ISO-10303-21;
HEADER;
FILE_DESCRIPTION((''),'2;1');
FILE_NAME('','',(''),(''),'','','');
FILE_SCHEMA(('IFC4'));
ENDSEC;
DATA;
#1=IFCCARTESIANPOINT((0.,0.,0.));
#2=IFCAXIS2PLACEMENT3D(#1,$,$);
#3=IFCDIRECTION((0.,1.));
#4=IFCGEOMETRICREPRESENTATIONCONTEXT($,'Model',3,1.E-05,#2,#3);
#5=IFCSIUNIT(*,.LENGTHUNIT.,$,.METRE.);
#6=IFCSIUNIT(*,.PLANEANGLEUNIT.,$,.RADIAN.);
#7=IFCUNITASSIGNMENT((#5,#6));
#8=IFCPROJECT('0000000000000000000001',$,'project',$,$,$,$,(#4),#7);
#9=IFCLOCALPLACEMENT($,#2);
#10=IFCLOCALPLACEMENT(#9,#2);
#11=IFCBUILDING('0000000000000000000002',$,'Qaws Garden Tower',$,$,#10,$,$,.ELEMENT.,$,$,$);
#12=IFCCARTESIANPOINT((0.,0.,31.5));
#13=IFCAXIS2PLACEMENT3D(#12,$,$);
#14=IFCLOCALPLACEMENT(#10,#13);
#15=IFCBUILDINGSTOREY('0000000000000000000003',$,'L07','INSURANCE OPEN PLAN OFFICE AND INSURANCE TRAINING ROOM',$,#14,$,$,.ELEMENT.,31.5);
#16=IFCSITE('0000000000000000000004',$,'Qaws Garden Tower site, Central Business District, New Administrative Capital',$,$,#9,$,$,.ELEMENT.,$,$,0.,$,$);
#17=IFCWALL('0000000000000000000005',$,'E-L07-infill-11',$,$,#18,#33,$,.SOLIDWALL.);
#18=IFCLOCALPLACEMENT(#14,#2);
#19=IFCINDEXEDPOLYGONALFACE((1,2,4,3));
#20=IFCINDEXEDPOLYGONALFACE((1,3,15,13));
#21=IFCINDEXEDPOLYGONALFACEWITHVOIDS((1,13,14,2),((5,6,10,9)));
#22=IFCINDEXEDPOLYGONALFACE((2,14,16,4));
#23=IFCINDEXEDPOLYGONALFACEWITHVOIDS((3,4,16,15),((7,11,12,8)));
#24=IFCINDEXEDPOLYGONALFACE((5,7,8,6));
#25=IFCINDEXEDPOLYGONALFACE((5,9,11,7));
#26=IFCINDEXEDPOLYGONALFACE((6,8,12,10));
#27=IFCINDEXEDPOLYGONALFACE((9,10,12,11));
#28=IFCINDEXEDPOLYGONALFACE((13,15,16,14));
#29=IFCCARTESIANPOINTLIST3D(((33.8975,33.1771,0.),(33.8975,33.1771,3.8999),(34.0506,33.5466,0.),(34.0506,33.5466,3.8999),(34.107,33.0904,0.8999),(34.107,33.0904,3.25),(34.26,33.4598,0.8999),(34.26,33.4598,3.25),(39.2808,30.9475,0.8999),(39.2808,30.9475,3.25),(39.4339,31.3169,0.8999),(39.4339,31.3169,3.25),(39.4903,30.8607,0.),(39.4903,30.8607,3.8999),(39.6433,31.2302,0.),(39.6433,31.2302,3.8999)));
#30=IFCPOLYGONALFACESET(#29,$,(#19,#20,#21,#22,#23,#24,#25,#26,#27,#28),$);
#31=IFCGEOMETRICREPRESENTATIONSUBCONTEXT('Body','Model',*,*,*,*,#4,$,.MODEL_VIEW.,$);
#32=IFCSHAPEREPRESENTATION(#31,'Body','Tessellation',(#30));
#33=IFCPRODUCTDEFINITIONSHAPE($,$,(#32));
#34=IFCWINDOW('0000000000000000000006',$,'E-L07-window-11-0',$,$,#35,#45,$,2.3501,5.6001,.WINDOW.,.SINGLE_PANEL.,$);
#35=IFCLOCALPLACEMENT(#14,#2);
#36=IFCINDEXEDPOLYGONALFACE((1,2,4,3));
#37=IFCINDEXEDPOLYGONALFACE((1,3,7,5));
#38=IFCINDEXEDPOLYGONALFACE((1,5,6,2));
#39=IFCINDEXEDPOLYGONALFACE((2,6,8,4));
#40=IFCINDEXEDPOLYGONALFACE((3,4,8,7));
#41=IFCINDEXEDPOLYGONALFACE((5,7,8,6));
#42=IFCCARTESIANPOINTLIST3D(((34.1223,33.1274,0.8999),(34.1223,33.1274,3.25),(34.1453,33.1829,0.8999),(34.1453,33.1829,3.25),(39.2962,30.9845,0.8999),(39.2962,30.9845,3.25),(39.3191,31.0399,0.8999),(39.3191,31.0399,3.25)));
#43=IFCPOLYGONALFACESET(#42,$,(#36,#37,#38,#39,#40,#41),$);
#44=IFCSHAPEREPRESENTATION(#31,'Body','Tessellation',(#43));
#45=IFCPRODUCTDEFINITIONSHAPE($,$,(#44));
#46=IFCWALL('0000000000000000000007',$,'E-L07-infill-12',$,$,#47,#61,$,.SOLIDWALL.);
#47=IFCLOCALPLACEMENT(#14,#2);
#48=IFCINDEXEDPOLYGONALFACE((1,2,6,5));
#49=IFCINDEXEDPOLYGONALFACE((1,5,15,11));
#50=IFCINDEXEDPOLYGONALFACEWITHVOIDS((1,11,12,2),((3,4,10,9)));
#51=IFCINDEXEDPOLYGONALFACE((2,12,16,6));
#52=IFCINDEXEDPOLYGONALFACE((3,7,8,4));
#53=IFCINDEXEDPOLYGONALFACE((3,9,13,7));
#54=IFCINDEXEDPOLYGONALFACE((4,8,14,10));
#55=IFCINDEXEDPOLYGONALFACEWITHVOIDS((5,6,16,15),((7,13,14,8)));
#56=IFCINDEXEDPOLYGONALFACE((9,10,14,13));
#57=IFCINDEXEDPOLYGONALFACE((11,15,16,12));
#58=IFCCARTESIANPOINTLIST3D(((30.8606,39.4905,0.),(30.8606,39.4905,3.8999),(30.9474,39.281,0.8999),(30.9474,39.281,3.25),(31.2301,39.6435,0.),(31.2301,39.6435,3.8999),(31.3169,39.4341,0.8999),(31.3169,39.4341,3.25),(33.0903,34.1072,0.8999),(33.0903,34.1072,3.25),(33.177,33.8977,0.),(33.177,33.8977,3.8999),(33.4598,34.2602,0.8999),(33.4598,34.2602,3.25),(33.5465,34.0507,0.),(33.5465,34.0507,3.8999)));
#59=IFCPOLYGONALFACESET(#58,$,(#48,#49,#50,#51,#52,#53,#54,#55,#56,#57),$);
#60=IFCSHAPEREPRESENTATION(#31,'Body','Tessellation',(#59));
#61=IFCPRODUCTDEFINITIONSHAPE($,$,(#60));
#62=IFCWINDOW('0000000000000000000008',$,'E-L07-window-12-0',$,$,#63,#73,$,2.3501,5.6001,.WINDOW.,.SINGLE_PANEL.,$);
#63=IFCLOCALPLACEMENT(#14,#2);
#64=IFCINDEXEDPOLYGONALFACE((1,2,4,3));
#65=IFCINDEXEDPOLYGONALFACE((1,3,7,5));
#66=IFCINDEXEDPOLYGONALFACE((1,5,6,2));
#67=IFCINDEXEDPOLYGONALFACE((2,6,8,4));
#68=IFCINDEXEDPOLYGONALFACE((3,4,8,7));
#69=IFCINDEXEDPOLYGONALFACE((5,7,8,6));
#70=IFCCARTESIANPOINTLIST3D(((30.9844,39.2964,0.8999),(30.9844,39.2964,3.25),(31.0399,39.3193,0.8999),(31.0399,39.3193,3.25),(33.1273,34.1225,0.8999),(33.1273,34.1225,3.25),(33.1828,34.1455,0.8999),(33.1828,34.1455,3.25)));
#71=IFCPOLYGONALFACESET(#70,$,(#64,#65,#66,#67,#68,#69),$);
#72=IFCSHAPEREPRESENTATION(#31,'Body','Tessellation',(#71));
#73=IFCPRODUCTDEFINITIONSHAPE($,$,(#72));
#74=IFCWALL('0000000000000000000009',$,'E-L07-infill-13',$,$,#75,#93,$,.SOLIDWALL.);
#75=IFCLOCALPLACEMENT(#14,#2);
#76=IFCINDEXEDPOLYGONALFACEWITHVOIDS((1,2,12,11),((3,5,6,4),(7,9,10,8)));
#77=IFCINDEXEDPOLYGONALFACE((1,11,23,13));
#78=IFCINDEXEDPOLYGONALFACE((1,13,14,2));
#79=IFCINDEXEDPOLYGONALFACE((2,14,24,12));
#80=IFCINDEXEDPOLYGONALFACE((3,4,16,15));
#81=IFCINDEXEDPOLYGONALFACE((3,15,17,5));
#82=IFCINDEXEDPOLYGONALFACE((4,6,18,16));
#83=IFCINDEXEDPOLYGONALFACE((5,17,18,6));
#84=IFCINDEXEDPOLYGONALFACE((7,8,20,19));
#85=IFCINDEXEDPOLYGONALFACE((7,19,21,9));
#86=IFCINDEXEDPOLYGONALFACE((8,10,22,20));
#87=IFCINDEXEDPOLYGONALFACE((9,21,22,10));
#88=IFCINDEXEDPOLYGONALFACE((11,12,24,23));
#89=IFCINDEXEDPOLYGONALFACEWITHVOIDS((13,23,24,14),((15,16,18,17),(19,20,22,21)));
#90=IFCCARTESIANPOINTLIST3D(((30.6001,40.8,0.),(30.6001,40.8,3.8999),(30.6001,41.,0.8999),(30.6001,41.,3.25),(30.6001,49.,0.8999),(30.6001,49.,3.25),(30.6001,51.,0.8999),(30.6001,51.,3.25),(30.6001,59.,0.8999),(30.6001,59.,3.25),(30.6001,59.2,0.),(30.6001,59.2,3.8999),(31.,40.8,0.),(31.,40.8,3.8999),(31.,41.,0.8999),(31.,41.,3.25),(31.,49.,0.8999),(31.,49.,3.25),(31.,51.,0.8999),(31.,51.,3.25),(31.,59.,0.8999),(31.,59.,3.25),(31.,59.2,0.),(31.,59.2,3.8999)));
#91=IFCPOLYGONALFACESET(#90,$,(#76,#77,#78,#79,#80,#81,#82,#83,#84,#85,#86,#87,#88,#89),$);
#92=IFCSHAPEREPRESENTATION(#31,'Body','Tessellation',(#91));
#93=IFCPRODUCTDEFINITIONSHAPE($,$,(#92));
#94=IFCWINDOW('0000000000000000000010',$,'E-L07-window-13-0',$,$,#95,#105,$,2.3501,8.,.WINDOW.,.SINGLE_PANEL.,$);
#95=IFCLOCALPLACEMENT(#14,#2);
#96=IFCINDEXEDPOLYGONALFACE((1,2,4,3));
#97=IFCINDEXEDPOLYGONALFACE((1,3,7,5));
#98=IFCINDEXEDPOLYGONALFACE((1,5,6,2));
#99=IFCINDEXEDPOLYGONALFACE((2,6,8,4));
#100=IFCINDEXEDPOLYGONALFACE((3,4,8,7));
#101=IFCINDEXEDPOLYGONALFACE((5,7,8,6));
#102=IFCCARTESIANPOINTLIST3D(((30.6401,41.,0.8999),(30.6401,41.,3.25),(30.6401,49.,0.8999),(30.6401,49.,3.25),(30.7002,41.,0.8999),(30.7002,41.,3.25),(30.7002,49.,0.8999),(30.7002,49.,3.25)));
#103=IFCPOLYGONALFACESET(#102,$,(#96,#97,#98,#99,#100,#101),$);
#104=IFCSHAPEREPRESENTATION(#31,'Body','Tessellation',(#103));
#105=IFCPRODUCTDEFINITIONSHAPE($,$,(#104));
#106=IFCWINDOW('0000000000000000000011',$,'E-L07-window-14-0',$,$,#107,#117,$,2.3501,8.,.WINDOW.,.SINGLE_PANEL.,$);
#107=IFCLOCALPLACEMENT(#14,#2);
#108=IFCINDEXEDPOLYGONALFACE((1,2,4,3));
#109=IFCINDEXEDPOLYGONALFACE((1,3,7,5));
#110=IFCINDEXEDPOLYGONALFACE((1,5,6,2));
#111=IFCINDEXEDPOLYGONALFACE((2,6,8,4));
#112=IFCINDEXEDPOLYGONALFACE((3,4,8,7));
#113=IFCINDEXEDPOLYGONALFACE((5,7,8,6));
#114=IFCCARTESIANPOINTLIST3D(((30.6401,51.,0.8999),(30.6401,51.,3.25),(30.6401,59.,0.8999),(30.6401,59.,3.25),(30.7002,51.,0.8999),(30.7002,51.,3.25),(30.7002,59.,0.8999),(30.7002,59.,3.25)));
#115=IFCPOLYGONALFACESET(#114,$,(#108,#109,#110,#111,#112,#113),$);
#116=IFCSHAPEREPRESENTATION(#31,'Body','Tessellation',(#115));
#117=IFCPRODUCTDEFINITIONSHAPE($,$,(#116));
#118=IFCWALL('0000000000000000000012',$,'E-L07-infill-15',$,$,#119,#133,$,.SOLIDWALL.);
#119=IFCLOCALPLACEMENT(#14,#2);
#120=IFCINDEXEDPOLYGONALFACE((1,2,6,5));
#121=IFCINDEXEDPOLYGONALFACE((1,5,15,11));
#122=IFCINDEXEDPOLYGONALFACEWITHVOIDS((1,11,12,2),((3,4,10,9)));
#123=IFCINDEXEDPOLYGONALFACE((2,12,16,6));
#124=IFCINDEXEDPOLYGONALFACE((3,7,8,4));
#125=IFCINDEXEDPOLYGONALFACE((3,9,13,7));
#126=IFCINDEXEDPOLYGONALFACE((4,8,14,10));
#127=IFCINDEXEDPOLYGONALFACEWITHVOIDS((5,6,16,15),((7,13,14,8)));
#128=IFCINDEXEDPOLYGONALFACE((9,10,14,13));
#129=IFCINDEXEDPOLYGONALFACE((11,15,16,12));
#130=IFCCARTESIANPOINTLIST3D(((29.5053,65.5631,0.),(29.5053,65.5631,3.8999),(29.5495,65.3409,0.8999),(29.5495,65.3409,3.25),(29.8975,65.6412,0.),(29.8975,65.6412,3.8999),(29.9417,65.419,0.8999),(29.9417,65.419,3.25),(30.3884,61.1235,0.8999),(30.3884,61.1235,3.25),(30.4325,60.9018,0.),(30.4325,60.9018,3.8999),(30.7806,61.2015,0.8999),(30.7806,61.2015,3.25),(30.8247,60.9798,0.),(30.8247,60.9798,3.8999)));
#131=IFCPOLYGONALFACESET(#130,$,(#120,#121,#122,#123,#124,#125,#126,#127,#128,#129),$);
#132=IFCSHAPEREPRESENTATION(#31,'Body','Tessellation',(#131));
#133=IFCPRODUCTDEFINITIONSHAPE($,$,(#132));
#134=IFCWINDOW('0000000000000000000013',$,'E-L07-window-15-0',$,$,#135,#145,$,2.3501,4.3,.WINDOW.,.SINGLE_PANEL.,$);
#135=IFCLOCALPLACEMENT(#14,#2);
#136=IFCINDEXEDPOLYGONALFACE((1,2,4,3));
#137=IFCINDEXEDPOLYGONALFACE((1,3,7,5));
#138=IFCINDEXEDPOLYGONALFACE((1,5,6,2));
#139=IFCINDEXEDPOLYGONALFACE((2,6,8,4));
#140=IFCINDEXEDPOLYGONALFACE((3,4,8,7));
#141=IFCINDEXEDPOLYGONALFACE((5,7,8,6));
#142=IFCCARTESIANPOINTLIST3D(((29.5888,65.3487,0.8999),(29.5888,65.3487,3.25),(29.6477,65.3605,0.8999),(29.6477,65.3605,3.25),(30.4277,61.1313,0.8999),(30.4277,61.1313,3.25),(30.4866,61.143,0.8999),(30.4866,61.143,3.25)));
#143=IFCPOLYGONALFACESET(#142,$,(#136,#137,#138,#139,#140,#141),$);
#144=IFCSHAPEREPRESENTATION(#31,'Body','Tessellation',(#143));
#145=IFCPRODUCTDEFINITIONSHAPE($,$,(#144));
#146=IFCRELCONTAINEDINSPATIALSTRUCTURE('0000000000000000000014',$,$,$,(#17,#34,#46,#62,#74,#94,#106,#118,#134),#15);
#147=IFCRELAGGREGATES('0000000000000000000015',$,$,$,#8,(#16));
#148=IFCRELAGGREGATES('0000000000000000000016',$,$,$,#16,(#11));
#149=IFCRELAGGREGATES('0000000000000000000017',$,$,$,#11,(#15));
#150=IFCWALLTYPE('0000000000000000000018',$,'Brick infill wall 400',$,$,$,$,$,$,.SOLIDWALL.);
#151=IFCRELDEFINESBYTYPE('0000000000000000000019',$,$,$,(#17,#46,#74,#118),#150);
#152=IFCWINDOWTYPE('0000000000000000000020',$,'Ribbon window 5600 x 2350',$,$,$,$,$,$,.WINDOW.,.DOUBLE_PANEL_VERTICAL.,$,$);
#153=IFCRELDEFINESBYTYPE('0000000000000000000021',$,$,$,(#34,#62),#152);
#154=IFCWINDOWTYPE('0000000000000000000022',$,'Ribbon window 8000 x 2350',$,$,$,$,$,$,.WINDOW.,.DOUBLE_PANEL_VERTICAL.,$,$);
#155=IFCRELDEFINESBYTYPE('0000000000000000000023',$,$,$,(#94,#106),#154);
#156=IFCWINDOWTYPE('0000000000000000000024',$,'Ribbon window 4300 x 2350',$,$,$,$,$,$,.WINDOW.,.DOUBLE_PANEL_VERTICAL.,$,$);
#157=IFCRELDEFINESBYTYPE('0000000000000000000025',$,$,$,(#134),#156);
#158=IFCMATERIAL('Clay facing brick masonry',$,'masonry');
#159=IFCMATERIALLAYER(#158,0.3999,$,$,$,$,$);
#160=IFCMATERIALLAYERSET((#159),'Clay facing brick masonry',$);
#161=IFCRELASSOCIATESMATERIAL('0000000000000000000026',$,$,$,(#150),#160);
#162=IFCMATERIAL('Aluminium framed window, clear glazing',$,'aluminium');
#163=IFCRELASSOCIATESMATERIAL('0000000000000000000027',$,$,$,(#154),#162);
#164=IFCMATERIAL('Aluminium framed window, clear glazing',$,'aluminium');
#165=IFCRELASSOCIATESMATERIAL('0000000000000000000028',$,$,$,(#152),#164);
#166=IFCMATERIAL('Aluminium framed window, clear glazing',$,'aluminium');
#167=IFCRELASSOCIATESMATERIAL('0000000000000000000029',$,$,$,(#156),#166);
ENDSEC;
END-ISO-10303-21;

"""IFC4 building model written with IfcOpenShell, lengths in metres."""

from ifc_helpers import new_model, si_unit, direction, frame, frame_2d, origin, place, context, subcontext, project, spatial, rectangle, extrude, material, layer, layer_set, type_object, element, fill, save


model = new_model("IFC4")

# Units and contexts
model_context = context("Model", 3, precision=1e-05, world=origin(), true_north=direction((0.0, 1.0)))
body_context = subcontext(model_context, "Body", "Model", "MODEL_VIEW")
ifc_project = project(units=[si_unit("LENGTHUNIT", "METRE"), si_unit("PLANEANGLEUNIT", "RADIAN")], contexts=[model_context])

# Site, building, storey
site_placement = place(None, origin())
site = spatial("IfcSite", under=ifc_project, at=site_placement, Name="Qaws Garden Tower site, Central Business District, New Administrative Capital", CompositionType="ELEMENT", RefElevation=0.0)
building_placement = place(site_placement, origin())
building = spatial("IfcBuilding", under=site, at=building_placement, Name="Qaws Garden Tower", CompositionType="ELEMENT")
storey_placement = place(building_placement, frame((0.0, 0.0, 31.5)))
storey = spatial("IfcBuildingStorey", under=building, at=storey_placement, Name="L07", Description="INSURANCE OPEN PLAN OFFICE AND INSURANCE TRAINING ROOM", CompositionType="ELEMENT", Elevation=31.5)

# Shared definitions
ifc_material_1 = material(Name="Clay facing brick masonry", Category="masonry")
ifc_layer_1 = layer(ifc_material_1, 0.3999)
ifc_layer_set_1 = layer_set([ifc_layer_1], Name="Clay facing brick masonry")
wall_type_1 = type_object("IfcWallType", Name="Brick infill wall 400", PredefinedType="SOLIDWALL", material=ifc_layer_set_1)
ifc_material_2 = material(Name="Aluminium framed window, clear glazing", Category="aluminium")
window_type_1 = type_object("IfcWindowType", Name="Ribbon window 8000 x 2350", PartitioningType="DOUBLE_PANEL_VERTICAL", PredefinedType="WINDOW", material=ifc_material_2)

# Walls, openings, windows
wall_1_placement = place(storey_placement, frame((39.5669, 31.0454, 0.0), z_axis=(0.0, 0.0, 1.0), x_axis=(-0.923891, 0.382656, 0.0)))
wall_1 = element("IfcWall", 1, at=wall_1_placement, inside=storey, type_object=wall_type_1, Name="E-L07-infill-11", PredefinedType="SOLIDWALL", context=body_context, shape_type="SweptSolid", body=[
    extrude(rectangle(XDim=6.0535, YDim=0.3999, at=frame_2d((3.0269, 0.0))), origin(), (0.0, 0.0, 1.0), 3.8999),
])
opening_1_placement = place(wall_1_placement, frame((0.2268, 0.0, 0.8999)))
opening_1 = element("IfcOpeningElement", 2, at=opening_1_placement, cuts=wall_1, PredefinedType="OPENING", context=body_context, shape_type="SweptSolid", body=[
    extrude(rectangle(XDim=5.6001, YDim=2.3501, at=frame_2d((2.8, 1.175))), frame((0.0, 0.21, 0.0), z_axis=(0.0, -1.0, 0.0), x_axis=(1.0, 0.0, 0.0)), (0.0, 0.0, 1.0), 0.4199),
])
ifc_material_3 = material(Name="Aluminium framed window, clear glazing", Category="aluminium")
window_type_2 = type_object("IfcWindowType", Name="Ribbon window 5600 x 2350", PartitioningType="DOUBLE_PANEL_VERTICAL", PredefinedType="WINDOW", material=ifc_material_3)
window_1_placement = place(opening_1_placement, origin())
window_1 = element("IfcWindow", 3, at=window_1_placement, inside=storey, type_object=window_type_2, Name="E-L07-window-11-0", OverallHeight=2.3501, OverallWidth=5.6001, PartitioningType="SINGLE_PANEL", PredefinedType="WINDOW", context=body_context, shape_type="SweptSolid", body=[
    extrude(rectangle(XDim=5.6001, YDim=2.3501, at=frame_2d((2.8, 1.175))), frame((0.0, 0.1599, 0.0), z_axis=(0.0, -1.0, 0.0), x_axis=(1.0, 0.0, 0.0)), (0.0, 0.0, 1.0), 0.0601),
])
fill(opening_1, window_1)
wall_2_placement = place(storey_placement, frame((33.3618, 33.9741, 0.0), z_axis=(0.0, 0.0, 1.0), x_axis=(-0.382656, 0.923891, 0.0)))
wall_2 = element("IfcWall", 4, at=wall_2_placement, inside=storey, type_object=wall_type_1, Name="E-L07-infill-12", PredefinedType="SOLIDWALL", context=body_context, shape_type="SweptSolid", body=[
    extrude(rectangle(XDim=6.0535, YDim=0.3999, at=frame_2d((3.0269, 0.0))), origin(), (0.0, 0.0, 1.0), 3.8999),
])
opening_2_placement = place(wall_2_placement, frame((0.2268, 0.0, 0.8999)))
opening_2 = element("IfcOpeningElement", 5, at=opening_2_placement, cuts=wall_2, PredefinedType="OPENING", context=body_context, shape_type="SweptSolid", body=[
    extrude(rectangle(XDim=5.6001, YDim=2.3501, at=frame_2d((2.8, 1.175))), frame((0.0, 0.21, 0.0), z_axis=(0.0, -1.0, 0.0), x_axis=(1.0, 0.0, 0.0)), (0.0, 0.0, 1.0), 0.4199),
])
window_2_placement = place(opening_2_placement, origin())
window_2 = element("IfcWindow", 6, at=window_2_placement, inside=storey, type_object=window_type_2, Name="E-L07-window-12-0", OverallHeight=2.3501, OverallWidth=5.6001, PartitioningType="SINGLE_PANEL", PredefinedType="WINDOW", context=body_context, shape_type="SweptSolid", body=[
    extrude(rectangle(XDim=5.6001, YDim=2.3501, at=frame_2d((2.8, 1.175))), frame((0.0, 0.1599, 0.0), z_axis=(0.0, -1.0, 0.0), x_axis=(1.0, 0.0, 0.0)), (0.0, 0.0, 1.0), 0.0601),
])
fill(opening_2, window_2)

# Wall, openings, windows
wall_3_placement = place(storey_placement, frame((30.8, 40.8, 0.0), z_axis=(0.0, 0.0, 1.0), x_axis=(0.0, 1.0, 0.0)))
wall_3 = element("IfcWall", 7, at=wall_3_placement, inside=storey, type_object=wall_type_1, Name="E-L07-infill-13", PredefinedType="SOLIDWALL", context=body_context, shape_type="SweptSolid", body=[
    extrude(rectangle(XDim=18.3999, YDim=0.3999, at=frame_2d((9.2, 0.0))), origin(), (0.0, 0.0, 1.0), 3.8999),
])
opening_3_placement = place(wall_3_placement, frame((0.2, 0.0, 0.8999)))
opening_3 = element("IfcOpeningElement", 8, at=opening_3_placement, cuts=wall_3, PredefinedType="OPENING", context=body_context, shape_type="SweptSolid", body=[
    extrude(rectangle(XDim=8.0, YDim=2.3501, at=frame_2d((4.0, 1.175))), frame((0.0, 0.21, 0.0), z_axis=(0.0, -1.0, 0.0), x_axis=(1.0, 0.0, 0.0)), (0.0, 0.0, 1.0), 0.4199),
])
opening_4_placement = place(wall_3_placement, frame((10.2, 0.0, 0.8999)))
opening_4 = element("IfcOpeningElement", 9, at=opening_4_placement, cuts=wall_3, PredefinedType="OPENING", context=body_context, shape_type="SweptSolid", body=[
    extrude(rectangle(XDim=8.0, YDim=2.3501, at=frame_2d((4.0, 1.175))), frame((0.0, 0.21, 0.0), z_axis=(0.0, -1.0, 0.0), x_axis=(1.0, 0.0, 0.0)), (0.0, 0.0, 1.0), 0.4199),
])
window_3_placement = place(opening_3_placement, origin())
window_3 = element("IfcWindow", 10, at=window_3_placement, inside=storey, type_object=window_type_1, Name="E-L07-window-13-0", OverallHeight=2.3501, OverallWidth=8.0, PartitioningType="SINGLE_PANEL", PredefinedType="WINDOW", context=body_context, shape_type="SweptSolid", body=[
    extrude(rectangle(XDim=8.0, YDim=2.3501, at=frame_2d((4.0, 1.175))), frame((0.0, 0.1599, 0.0), z_axis=(0.0, -1.0, 0.0), x_axis=(1.0, 0.0, 0.0)), (0.0, 0.0, 1.0), 0.0601),
])
fill(opening_3, window_3)
window_4_placement = place(opening_4_placement, origin())
window_4 = element("IfcWindow", 11, at=window_4_placement, inside=storey, type_object=window_type_1, Name="E-L07-window-14-0", OverallHeight=2.3501, OverallWidth=8.0, PartitioningType="SINGLE_PANEL", PredefinedType="WINDOW", context=body_context, shape_type="SweptSolid", body=[
    extrude(rectangle(XDim=8.0, YDim=2.3501, at=frame_2d((4.0, 1.175))), frame((0.0, 0.1599, 0.0), z_axis=(0.0, -1.0, 0.0), x_axis=(1.0, 0.0, 0.0)), (0.0, 0.0, 1.0), 0.0601),
])
fill(opening_4, window_4)

# Wall, opening, window
wall_4_placement = place(storey_placement, frame((30.6287, 60.9407, 0.0), z_axis=(0.0, 0.0, 1.0), x_axis=(-0.195099, 0.980784, 0.0)))
wall_4 = element("IfcWall", 12, at=wall_4_placement, inside=storey, type_object=wall_type_1, Name="E-L07-infill-15", PredefinedType="SOLIDWALL", context=body_context, shape_type="SweptSolid", body=[
    extrude(rectangle(XDim=4.7527, YDim=0.3999, at=frame_2d((2.3765, 0.0))), origin(), (0.0, 0.0, 1.0), 3.8999),
])
opening_5_placement = place(wall_4_placement, frame((0.2263, 0.0, 0.8999)))
opening_5 = element("IfcOpeningElement", 13, at=opening_5_placement, cuts=wall_4, PredefinedType="OPENING", context=body_context, shape_type="SweptSolid", body=[
    extrude(rectangle(XDim=4.3, YDim=2.3501, at=frame_2d((2.1499, 1.175))), frame((0.0, 0.21, 0.0), z_axis=(0.0, -1.0, 0.0), x_axis=(1.0, 0.0, 0.0)), (0.0, 0.0, 1.0), 0.4199),
])
ifc_material_4 = material(Name="Aluminium framed window, clear glazing", Category="aluminium")
window_type_3 = type_object("IfcWindowType", Name="Ribbon window 4300 x 2350", PartitioningType="DOUBLE_PANEL_VERTICAL", PredefinedType="WINDOW", material=ifc_material_4)
window_5_placement = place(opening_5_placement, origin())
window_5 = element("IfcWindow", 14, at=window_5_placement, inside=storey, type_object=window_type_3, Name="E-L07-window-15-0", OverallHeight=2.3501, OverallWidth=4.3, PartitioningType="SINGLE_PANEL", PredefinedType="WINDOW", context=body_context, shape_type="SweptSolid", body=[
    extrude(rectangle(XDim=4.3, YDim=2.3501, at=frame_2d((2.1499, 1.175))), frame((0.0, 0.1599, 0.0), z_axis=(0.0, -1.0, 0.0), x_axis=(1.0, 0.0, 0.0)), (0.0, 0.0, 1.0), 0.0601),
])
fill(opening_5, window_5)

save(model, "model.ifc")
